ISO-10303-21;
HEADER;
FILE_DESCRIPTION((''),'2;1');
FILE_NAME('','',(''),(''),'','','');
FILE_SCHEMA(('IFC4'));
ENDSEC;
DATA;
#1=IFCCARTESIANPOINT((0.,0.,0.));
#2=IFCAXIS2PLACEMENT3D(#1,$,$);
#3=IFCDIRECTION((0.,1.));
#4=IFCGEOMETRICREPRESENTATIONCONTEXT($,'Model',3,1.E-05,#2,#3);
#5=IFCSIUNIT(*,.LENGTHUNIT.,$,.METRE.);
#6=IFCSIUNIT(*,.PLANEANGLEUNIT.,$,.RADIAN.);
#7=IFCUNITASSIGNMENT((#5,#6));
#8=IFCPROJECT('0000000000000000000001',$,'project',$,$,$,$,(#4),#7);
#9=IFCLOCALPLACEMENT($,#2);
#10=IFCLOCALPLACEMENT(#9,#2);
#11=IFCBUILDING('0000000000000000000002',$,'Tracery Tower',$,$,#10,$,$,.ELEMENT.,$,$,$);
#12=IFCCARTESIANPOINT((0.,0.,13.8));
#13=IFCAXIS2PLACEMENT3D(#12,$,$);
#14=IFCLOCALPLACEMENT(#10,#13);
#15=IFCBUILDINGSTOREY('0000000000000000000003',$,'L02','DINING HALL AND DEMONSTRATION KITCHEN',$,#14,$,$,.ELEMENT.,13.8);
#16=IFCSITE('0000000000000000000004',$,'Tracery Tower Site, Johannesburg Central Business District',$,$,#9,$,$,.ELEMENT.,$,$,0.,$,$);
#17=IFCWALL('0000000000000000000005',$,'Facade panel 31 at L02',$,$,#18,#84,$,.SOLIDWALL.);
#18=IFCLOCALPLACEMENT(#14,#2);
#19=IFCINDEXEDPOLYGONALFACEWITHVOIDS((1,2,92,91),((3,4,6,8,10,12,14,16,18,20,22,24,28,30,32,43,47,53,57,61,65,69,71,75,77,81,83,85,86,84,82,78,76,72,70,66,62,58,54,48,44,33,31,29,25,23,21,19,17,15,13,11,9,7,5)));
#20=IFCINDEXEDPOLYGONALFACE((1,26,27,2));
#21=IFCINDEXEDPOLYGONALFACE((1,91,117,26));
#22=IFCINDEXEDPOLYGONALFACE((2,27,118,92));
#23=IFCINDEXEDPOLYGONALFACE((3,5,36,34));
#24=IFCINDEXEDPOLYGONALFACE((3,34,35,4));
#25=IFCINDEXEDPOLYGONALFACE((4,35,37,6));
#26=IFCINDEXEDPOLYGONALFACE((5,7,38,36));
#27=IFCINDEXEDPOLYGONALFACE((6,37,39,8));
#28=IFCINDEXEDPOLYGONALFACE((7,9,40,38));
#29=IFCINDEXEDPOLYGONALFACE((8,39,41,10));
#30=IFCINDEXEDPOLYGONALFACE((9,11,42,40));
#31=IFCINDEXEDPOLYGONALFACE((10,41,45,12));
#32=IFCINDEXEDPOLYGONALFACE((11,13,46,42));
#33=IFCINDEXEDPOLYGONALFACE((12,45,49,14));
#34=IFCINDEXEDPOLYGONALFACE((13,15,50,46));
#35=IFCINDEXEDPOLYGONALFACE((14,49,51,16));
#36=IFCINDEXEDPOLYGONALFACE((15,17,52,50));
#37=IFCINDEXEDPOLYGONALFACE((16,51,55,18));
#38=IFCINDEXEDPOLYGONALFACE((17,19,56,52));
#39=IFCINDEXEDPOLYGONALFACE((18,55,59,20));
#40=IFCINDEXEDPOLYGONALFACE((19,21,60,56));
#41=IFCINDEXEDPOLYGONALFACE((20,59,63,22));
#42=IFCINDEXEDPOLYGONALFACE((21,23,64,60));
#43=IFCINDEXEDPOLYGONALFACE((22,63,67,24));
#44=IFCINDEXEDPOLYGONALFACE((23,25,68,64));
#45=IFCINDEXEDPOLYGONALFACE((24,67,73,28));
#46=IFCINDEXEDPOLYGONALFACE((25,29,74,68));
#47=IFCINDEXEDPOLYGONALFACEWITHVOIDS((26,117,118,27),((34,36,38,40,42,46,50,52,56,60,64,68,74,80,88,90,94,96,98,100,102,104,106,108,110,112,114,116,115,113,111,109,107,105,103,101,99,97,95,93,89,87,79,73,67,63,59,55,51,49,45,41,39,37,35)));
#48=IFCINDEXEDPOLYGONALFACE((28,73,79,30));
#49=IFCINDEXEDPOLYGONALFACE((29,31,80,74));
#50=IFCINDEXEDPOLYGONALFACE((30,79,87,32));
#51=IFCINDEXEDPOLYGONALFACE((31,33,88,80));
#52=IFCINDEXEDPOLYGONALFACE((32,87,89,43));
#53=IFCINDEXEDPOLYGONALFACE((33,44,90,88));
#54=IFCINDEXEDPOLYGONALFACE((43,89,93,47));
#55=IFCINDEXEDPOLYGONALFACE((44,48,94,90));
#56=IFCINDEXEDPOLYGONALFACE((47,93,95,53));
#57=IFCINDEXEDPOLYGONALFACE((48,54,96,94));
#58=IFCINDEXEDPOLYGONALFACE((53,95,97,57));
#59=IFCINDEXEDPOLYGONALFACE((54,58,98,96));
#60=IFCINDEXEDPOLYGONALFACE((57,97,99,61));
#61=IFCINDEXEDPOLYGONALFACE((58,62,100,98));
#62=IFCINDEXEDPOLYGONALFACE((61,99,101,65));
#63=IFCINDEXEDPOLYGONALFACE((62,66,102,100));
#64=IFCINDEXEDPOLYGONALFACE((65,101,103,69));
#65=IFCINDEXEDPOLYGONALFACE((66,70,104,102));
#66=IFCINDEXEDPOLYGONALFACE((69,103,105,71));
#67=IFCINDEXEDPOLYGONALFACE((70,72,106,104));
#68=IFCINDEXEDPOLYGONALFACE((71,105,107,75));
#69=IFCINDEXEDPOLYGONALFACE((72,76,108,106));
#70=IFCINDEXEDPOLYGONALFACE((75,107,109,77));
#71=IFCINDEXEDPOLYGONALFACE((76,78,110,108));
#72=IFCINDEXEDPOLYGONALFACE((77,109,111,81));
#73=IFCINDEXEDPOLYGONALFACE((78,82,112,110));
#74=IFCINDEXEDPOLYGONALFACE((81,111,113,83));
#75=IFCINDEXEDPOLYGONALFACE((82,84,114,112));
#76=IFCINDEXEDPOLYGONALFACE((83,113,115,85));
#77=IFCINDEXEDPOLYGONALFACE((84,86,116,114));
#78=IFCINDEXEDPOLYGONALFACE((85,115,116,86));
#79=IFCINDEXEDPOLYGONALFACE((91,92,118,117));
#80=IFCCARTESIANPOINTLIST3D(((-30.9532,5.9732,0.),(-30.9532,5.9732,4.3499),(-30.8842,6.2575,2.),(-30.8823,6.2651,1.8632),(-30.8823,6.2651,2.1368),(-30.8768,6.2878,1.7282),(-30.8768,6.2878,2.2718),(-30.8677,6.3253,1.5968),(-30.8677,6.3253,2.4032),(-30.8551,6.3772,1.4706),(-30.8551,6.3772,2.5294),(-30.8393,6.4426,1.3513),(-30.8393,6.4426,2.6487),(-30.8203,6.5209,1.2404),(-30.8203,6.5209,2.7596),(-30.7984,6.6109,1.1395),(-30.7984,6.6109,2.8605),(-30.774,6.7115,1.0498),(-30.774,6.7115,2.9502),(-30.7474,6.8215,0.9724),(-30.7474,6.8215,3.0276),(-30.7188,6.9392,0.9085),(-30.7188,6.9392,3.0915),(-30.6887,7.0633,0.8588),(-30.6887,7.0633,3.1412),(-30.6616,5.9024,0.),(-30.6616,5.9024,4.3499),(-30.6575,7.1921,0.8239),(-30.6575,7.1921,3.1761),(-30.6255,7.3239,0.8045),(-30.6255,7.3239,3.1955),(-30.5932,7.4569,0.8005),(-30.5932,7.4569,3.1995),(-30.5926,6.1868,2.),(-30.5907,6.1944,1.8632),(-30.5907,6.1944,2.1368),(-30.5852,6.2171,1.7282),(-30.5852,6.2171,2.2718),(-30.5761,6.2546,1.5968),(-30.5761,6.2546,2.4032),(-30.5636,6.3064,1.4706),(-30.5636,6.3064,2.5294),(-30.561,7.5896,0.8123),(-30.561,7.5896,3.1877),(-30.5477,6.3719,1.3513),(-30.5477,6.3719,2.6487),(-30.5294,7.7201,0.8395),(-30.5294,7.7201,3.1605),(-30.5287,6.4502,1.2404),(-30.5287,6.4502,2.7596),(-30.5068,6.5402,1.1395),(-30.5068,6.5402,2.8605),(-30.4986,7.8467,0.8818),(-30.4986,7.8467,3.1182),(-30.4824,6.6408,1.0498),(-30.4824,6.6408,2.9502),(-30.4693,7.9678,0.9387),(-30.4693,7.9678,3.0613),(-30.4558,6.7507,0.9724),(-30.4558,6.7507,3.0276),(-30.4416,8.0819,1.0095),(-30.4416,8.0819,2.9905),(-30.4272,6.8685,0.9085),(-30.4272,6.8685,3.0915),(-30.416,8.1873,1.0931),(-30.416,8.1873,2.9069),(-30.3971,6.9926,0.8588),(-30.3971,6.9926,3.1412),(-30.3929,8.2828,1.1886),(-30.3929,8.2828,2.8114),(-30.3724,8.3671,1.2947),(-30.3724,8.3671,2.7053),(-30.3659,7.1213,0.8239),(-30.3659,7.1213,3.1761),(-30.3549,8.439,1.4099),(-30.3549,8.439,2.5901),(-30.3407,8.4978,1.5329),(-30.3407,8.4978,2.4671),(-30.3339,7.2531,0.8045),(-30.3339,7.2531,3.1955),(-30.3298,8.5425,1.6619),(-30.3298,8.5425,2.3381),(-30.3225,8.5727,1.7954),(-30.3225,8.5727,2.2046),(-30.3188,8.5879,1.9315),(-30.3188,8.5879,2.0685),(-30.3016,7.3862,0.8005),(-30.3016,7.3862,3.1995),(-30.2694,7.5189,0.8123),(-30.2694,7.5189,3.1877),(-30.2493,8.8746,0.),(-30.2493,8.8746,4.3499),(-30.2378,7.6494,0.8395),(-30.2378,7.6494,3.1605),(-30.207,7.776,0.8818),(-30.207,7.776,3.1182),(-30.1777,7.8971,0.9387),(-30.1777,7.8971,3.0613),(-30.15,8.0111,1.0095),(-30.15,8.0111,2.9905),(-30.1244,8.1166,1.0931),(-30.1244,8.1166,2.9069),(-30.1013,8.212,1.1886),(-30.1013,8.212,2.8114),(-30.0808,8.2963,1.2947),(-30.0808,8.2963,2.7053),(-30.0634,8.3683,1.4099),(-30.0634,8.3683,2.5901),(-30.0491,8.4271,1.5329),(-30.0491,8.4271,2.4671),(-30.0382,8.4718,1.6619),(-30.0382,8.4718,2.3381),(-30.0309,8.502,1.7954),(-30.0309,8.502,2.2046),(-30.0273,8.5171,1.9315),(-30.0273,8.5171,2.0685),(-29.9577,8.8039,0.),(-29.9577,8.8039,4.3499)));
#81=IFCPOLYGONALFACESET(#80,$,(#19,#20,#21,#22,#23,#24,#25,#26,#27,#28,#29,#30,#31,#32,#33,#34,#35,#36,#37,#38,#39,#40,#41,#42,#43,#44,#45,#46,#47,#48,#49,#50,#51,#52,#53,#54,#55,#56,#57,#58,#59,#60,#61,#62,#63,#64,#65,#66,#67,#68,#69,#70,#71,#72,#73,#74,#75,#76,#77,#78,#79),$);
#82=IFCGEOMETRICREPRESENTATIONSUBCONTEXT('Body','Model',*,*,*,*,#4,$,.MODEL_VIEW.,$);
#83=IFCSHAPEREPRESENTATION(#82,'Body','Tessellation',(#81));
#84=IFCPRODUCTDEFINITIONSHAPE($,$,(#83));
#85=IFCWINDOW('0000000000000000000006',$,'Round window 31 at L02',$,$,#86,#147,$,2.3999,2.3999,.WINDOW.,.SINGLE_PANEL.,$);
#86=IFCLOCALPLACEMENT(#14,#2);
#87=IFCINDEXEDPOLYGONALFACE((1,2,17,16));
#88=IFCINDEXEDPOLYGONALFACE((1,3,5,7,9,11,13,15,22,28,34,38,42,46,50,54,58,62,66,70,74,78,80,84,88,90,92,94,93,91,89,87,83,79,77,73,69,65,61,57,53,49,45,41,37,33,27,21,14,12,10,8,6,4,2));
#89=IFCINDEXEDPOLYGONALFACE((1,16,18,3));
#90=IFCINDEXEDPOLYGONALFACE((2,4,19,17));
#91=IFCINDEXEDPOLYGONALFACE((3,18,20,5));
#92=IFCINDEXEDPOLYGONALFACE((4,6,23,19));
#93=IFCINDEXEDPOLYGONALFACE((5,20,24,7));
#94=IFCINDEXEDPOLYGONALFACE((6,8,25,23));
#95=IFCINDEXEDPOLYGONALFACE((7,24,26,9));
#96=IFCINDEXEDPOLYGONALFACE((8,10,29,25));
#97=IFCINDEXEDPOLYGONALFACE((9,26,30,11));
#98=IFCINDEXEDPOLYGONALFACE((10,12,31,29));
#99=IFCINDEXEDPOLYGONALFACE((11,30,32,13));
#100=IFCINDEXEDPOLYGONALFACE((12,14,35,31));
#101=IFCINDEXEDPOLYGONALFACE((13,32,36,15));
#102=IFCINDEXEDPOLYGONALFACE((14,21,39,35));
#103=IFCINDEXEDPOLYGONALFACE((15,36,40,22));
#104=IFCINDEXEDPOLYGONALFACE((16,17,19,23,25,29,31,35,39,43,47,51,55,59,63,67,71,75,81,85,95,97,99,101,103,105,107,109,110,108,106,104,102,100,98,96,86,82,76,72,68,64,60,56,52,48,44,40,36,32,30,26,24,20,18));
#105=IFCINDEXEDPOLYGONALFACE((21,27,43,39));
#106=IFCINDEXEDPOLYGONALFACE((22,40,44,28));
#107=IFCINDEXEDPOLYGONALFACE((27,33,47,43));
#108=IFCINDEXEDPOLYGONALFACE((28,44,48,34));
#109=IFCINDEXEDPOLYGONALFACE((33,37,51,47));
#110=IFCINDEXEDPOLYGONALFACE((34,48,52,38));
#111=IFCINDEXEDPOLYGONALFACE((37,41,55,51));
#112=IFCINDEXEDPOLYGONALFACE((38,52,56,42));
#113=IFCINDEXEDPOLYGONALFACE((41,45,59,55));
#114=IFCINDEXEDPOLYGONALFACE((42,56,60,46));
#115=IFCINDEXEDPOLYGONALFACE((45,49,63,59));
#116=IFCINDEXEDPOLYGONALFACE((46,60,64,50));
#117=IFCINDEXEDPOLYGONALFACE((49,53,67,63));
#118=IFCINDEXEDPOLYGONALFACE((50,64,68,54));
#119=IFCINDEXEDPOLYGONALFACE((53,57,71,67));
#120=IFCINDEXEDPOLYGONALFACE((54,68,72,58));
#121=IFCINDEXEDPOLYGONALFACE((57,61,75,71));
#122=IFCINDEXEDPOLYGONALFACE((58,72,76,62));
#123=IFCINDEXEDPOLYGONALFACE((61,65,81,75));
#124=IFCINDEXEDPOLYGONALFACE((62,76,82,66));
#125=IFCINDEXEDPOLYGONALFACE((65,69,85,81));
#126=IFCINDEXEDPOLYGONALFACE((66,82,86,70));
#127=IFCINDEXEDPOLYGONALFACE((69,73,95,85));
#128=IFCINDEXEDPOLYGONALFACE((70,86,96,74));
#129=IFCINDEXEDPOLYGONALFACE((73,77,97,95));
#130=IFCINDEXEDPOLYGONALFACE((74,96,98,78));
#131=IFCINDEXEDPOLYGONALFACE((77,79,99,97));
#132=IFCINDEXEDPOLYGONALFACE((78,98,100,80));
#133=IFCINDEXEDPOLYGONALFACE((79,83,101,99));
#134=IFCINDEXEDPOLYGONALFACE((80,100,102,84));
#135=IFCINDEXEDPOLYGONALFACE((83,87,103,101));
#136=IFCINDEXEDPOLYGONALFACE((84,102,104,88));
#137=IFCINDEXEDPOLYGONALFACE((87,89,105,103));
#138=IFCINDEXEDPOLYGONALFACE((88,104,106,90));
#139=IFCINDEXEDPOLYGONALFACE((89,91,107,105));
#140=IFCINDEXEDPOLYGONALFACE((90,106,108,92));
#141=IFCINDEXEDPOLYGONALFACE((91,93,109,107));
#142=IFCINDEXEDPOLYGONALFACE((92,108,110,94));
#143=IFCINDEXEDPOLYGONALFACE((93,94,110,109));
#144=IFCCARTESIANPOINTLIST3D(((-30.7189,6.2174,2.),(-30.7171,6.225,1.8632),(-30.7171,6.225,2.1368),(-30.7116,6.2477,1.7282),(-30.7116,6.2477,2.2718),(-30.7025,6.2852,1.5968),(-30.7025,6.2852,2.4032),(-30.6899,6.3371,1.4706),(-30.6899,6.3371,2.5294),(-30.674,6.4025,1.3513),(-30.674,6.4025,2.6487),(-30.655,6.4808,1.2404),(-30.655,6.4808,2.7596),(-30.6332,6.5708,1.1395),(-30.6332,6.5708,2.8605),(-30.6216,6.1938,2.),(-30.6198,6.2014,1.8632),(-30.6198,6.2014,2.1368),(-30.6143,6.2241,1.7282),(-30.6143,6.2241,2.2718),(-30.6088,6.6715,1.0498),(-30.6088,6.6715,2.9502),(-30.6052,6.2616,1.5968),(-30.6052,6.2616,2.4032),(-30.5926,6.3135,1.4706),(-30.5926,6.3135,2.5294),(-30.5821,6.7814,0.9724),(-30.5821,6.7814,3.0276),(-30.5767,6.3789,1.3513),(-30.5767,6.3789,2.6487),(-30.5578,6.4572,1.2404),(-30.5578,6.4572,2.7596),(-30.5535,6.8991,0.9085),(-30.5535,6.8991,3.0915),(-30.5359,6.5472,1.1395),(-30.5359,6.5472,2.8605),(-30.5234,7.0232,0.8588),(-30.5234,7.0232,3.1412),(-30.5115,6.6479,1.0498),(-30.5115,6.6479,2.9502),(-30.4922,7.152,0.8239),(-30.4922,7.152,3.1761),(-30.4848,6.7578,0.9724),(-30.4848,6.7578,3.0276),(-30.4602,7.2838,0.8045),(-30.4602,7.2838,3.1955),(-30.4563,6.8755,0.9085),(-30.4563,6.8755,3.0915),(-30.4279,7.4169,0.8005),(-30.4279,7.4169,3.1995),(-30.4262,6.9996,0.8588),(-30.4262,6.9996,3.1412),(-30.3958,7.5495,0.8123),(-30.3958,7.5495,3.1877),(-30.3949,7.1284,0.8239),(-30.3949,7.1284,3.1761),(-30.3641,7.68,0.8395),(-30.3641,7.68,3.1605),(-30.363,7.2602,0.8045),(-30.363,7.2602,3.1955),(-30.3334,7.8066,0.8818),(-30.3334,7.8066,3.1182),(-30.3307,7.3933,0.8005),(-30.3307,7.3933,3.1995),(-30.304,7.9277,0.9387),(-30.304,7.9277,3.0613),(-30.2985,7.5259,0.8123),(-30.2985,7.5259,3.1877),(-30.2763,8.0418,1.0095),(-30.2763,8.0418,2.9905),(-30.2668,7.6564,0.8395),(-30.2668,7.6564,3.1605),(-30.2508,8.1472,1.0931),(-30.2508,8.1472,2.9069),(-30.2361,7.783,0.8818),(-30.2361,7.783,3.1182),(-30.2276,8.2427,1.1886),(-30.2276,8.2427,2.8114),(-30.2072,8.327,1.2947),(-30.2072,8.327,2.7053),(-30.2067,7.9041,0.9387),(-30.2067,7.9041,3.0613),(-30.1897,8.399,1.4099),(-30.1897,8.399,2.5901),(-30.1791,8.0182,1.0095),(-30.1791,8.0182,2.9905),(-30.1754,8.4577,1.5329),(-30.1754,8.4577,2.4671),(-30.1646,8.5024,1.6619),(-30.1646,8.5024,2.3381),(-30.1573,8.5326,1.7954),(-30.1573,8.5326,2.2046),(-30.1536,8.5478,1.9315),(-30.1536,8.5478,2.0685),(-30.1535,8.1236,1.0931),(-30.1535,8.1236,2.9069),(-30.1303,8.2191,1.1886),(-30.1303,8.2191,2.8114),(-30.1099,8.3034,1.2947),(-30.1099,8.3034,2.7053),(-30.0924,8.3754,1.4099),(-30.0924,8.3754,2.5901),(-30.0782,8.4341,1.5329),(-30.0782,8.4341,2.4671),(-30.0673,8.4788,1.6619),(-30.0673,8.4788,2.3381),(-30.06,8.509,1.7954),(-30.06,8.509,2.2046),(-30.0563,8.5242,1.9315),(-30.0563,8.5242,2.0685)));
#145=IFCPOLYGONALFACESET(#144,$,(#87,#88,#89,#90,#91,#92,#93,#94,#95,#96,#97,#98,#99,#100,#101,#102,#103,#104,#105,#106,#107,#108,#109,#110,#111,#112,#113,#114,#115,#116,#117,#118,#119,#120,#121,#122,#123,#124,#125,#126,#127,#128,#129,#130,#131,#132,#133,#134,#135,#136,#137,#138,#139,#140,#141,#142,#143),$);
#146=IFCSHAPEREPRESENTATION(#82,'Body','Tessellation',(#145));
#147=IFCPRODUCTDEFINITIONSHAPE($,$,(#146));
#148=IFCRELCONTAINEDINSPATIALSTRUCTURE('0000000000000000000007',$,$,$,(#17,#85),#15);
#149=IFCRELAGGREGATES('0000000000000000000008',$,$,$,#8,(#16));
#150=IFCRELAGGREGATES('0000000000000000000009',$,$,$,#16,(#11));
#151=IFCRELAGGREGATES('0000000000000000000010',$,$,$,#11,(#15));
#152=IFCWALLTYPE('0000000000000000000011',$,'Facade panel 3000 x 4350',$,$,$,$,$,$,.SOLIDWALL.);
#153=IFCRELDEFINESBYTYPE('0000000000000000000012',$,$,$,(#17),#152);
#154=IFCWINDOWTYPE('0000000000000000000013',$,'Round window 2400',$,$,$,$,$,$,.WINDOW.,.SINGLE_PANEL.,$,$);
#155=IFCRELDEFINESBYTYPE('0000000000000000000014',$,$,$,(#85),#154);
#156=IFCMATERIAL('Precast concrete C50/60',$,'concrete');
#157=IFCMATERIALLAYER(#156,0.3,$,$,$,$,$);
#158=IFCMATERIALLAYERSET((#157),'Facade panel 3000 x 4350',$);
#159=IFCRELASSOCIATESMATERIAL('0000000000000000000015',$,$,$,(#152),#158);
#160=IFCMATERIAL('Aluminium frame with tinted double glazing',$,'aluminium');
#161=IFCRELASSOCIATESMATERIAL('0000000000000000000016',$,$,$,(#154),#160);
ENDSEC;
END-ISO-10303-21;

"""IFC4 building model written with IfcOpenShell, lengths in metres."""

from ifc_helpers import new_model, si_unit, direction, frame, frame_2d, origin, origin_2d, place, context, subcontext, project, spatial, rectangle, circle, extrude, material, layer, layer_set, type_object, element, fill, save


model = new_model("IFC4")

# Units and contexts
model_context = context("Model", 3, precision=1e-05, world=origin(), true_north=direction((0.0, 1.0)))
body_context = subcontext(model_context, "Body", "Model", "MODEL_VIEW")
ifc_project = project(units=[si_unit("LENGTHUNIT", "METRE"), si_unit("PLANEANGLEUNIT", "RADIAN")], contexts=[model_context])

# Site, building, storey
site_placement = place(None, origin())
site = spatial("IfcSite", under=ifc_project, at=site_placement, Name="Tracery Tower Site, Johannesburg Central Business District", CompositionType="ELEMENT", RefElevation=0.0)
building_placement = place(site_placement, origin())
building = spatial("IfcBuilding", under=site, at=building_placement, Name="Tracery Tower", CompositionType="ELEMENT")
storey_placement = place(building_placement, frame((0.0, 0.0, 13.8)))
storey = spatial("IfcBuildingStorey", under=building, at=storey_placement, Name="L02", Description="DINING HALL AND DEMONSTRATION KITCHEN", CompositionType="ELEMENT", Elevation=13.8)

# Wall, opening, window
ifc_material_1 = material(Name="Precast concrete C50/60", Category="concrete")
ifc_layer_1 = layer(ifc_material_1, 0.3)
ifc_layer_set_1 = layer_set([ifc_layer_1], Name="Facade panel 3000 x 4350")
wall_type_1 = type_object("IfcWallType", Name="Facade panel 3000 x 4350", PredefinedType="SOLIDWALL", material=ifc_layer_set_1)
wall_1_placement = place(storey_placement, frame((-30.1035, 8.8391, 0.0), z_axis=(0.0, 0.0, 1.0), x_axis=(-0.235757, -0.971812, 0.0)))
wall_1 = element("IfcWall", 1, at=wall_1_placement, inside=storey, type_object=wall_type_1, Name="Facade panel 31 at L02", PredefinedType="SOLIDWALL", context=body_context, shape_type="SweptSolid", body=[
    extrude(rectangle(XDim=2.9856, YDim=0.3, at=frame_2d((1.4927, 0.0))), origin(), (0.0, 0.0, 1.0), 4.3499),
])
opening_1_placement = place(wall_1_placement, frame((1.4929, 0.0, 2.0)))
opening_1 = element("IfcOpeningElement", 2, at=opening_1_placement, cuts=wall_1, PredefinedType="OPENING", context=body_context, shape_type="SweptSolid", body=[
    extrude(circle(Radius=1.2, at=origin_2d()), frame((0.0, 0.1599, 0.0), z_axis=(0.0, -1.0, 0.0), x_axis=(1.0, 0.0, 0.0)), (0.0, 0.0, 1.0), 0.3201),
])
ifc_material_2 = material(Name="Aluminium frame with tinted double glazing", Category="aluminium")
window_type = type_object("IfcWindowType", Name="Round window 2400", PartitioningType="SINGLE_PANEL", PredefinedType="WINDOW", material=ifc_material_2)
window_1_placement = place(opening_1_placement, origin())
window_1 = element("IfcWindow", 3, at=window_1_placement, inside=storey, type_object=window_type, Name="Round window 31 at L02", OverallHeight=2.3999, OverallWidth=2.3999, PartitioningType="SINGLE_PANEL", PredefinedType="WINDOW", context=body_context, shape_type="SweptSolid", body=[
    extrude(circle(Radius=1.2, at=origin_2d()), frame((0.0, 0.1201, 0.0), z_axis=(0.0, -1.0, 0.0), x_axis=(1.0, 0.0, 0.0)), (0.0, 0.0, 1.0), 0.1001),
])
fill(opening_1, window_1)

save(model, "model.ifc")
